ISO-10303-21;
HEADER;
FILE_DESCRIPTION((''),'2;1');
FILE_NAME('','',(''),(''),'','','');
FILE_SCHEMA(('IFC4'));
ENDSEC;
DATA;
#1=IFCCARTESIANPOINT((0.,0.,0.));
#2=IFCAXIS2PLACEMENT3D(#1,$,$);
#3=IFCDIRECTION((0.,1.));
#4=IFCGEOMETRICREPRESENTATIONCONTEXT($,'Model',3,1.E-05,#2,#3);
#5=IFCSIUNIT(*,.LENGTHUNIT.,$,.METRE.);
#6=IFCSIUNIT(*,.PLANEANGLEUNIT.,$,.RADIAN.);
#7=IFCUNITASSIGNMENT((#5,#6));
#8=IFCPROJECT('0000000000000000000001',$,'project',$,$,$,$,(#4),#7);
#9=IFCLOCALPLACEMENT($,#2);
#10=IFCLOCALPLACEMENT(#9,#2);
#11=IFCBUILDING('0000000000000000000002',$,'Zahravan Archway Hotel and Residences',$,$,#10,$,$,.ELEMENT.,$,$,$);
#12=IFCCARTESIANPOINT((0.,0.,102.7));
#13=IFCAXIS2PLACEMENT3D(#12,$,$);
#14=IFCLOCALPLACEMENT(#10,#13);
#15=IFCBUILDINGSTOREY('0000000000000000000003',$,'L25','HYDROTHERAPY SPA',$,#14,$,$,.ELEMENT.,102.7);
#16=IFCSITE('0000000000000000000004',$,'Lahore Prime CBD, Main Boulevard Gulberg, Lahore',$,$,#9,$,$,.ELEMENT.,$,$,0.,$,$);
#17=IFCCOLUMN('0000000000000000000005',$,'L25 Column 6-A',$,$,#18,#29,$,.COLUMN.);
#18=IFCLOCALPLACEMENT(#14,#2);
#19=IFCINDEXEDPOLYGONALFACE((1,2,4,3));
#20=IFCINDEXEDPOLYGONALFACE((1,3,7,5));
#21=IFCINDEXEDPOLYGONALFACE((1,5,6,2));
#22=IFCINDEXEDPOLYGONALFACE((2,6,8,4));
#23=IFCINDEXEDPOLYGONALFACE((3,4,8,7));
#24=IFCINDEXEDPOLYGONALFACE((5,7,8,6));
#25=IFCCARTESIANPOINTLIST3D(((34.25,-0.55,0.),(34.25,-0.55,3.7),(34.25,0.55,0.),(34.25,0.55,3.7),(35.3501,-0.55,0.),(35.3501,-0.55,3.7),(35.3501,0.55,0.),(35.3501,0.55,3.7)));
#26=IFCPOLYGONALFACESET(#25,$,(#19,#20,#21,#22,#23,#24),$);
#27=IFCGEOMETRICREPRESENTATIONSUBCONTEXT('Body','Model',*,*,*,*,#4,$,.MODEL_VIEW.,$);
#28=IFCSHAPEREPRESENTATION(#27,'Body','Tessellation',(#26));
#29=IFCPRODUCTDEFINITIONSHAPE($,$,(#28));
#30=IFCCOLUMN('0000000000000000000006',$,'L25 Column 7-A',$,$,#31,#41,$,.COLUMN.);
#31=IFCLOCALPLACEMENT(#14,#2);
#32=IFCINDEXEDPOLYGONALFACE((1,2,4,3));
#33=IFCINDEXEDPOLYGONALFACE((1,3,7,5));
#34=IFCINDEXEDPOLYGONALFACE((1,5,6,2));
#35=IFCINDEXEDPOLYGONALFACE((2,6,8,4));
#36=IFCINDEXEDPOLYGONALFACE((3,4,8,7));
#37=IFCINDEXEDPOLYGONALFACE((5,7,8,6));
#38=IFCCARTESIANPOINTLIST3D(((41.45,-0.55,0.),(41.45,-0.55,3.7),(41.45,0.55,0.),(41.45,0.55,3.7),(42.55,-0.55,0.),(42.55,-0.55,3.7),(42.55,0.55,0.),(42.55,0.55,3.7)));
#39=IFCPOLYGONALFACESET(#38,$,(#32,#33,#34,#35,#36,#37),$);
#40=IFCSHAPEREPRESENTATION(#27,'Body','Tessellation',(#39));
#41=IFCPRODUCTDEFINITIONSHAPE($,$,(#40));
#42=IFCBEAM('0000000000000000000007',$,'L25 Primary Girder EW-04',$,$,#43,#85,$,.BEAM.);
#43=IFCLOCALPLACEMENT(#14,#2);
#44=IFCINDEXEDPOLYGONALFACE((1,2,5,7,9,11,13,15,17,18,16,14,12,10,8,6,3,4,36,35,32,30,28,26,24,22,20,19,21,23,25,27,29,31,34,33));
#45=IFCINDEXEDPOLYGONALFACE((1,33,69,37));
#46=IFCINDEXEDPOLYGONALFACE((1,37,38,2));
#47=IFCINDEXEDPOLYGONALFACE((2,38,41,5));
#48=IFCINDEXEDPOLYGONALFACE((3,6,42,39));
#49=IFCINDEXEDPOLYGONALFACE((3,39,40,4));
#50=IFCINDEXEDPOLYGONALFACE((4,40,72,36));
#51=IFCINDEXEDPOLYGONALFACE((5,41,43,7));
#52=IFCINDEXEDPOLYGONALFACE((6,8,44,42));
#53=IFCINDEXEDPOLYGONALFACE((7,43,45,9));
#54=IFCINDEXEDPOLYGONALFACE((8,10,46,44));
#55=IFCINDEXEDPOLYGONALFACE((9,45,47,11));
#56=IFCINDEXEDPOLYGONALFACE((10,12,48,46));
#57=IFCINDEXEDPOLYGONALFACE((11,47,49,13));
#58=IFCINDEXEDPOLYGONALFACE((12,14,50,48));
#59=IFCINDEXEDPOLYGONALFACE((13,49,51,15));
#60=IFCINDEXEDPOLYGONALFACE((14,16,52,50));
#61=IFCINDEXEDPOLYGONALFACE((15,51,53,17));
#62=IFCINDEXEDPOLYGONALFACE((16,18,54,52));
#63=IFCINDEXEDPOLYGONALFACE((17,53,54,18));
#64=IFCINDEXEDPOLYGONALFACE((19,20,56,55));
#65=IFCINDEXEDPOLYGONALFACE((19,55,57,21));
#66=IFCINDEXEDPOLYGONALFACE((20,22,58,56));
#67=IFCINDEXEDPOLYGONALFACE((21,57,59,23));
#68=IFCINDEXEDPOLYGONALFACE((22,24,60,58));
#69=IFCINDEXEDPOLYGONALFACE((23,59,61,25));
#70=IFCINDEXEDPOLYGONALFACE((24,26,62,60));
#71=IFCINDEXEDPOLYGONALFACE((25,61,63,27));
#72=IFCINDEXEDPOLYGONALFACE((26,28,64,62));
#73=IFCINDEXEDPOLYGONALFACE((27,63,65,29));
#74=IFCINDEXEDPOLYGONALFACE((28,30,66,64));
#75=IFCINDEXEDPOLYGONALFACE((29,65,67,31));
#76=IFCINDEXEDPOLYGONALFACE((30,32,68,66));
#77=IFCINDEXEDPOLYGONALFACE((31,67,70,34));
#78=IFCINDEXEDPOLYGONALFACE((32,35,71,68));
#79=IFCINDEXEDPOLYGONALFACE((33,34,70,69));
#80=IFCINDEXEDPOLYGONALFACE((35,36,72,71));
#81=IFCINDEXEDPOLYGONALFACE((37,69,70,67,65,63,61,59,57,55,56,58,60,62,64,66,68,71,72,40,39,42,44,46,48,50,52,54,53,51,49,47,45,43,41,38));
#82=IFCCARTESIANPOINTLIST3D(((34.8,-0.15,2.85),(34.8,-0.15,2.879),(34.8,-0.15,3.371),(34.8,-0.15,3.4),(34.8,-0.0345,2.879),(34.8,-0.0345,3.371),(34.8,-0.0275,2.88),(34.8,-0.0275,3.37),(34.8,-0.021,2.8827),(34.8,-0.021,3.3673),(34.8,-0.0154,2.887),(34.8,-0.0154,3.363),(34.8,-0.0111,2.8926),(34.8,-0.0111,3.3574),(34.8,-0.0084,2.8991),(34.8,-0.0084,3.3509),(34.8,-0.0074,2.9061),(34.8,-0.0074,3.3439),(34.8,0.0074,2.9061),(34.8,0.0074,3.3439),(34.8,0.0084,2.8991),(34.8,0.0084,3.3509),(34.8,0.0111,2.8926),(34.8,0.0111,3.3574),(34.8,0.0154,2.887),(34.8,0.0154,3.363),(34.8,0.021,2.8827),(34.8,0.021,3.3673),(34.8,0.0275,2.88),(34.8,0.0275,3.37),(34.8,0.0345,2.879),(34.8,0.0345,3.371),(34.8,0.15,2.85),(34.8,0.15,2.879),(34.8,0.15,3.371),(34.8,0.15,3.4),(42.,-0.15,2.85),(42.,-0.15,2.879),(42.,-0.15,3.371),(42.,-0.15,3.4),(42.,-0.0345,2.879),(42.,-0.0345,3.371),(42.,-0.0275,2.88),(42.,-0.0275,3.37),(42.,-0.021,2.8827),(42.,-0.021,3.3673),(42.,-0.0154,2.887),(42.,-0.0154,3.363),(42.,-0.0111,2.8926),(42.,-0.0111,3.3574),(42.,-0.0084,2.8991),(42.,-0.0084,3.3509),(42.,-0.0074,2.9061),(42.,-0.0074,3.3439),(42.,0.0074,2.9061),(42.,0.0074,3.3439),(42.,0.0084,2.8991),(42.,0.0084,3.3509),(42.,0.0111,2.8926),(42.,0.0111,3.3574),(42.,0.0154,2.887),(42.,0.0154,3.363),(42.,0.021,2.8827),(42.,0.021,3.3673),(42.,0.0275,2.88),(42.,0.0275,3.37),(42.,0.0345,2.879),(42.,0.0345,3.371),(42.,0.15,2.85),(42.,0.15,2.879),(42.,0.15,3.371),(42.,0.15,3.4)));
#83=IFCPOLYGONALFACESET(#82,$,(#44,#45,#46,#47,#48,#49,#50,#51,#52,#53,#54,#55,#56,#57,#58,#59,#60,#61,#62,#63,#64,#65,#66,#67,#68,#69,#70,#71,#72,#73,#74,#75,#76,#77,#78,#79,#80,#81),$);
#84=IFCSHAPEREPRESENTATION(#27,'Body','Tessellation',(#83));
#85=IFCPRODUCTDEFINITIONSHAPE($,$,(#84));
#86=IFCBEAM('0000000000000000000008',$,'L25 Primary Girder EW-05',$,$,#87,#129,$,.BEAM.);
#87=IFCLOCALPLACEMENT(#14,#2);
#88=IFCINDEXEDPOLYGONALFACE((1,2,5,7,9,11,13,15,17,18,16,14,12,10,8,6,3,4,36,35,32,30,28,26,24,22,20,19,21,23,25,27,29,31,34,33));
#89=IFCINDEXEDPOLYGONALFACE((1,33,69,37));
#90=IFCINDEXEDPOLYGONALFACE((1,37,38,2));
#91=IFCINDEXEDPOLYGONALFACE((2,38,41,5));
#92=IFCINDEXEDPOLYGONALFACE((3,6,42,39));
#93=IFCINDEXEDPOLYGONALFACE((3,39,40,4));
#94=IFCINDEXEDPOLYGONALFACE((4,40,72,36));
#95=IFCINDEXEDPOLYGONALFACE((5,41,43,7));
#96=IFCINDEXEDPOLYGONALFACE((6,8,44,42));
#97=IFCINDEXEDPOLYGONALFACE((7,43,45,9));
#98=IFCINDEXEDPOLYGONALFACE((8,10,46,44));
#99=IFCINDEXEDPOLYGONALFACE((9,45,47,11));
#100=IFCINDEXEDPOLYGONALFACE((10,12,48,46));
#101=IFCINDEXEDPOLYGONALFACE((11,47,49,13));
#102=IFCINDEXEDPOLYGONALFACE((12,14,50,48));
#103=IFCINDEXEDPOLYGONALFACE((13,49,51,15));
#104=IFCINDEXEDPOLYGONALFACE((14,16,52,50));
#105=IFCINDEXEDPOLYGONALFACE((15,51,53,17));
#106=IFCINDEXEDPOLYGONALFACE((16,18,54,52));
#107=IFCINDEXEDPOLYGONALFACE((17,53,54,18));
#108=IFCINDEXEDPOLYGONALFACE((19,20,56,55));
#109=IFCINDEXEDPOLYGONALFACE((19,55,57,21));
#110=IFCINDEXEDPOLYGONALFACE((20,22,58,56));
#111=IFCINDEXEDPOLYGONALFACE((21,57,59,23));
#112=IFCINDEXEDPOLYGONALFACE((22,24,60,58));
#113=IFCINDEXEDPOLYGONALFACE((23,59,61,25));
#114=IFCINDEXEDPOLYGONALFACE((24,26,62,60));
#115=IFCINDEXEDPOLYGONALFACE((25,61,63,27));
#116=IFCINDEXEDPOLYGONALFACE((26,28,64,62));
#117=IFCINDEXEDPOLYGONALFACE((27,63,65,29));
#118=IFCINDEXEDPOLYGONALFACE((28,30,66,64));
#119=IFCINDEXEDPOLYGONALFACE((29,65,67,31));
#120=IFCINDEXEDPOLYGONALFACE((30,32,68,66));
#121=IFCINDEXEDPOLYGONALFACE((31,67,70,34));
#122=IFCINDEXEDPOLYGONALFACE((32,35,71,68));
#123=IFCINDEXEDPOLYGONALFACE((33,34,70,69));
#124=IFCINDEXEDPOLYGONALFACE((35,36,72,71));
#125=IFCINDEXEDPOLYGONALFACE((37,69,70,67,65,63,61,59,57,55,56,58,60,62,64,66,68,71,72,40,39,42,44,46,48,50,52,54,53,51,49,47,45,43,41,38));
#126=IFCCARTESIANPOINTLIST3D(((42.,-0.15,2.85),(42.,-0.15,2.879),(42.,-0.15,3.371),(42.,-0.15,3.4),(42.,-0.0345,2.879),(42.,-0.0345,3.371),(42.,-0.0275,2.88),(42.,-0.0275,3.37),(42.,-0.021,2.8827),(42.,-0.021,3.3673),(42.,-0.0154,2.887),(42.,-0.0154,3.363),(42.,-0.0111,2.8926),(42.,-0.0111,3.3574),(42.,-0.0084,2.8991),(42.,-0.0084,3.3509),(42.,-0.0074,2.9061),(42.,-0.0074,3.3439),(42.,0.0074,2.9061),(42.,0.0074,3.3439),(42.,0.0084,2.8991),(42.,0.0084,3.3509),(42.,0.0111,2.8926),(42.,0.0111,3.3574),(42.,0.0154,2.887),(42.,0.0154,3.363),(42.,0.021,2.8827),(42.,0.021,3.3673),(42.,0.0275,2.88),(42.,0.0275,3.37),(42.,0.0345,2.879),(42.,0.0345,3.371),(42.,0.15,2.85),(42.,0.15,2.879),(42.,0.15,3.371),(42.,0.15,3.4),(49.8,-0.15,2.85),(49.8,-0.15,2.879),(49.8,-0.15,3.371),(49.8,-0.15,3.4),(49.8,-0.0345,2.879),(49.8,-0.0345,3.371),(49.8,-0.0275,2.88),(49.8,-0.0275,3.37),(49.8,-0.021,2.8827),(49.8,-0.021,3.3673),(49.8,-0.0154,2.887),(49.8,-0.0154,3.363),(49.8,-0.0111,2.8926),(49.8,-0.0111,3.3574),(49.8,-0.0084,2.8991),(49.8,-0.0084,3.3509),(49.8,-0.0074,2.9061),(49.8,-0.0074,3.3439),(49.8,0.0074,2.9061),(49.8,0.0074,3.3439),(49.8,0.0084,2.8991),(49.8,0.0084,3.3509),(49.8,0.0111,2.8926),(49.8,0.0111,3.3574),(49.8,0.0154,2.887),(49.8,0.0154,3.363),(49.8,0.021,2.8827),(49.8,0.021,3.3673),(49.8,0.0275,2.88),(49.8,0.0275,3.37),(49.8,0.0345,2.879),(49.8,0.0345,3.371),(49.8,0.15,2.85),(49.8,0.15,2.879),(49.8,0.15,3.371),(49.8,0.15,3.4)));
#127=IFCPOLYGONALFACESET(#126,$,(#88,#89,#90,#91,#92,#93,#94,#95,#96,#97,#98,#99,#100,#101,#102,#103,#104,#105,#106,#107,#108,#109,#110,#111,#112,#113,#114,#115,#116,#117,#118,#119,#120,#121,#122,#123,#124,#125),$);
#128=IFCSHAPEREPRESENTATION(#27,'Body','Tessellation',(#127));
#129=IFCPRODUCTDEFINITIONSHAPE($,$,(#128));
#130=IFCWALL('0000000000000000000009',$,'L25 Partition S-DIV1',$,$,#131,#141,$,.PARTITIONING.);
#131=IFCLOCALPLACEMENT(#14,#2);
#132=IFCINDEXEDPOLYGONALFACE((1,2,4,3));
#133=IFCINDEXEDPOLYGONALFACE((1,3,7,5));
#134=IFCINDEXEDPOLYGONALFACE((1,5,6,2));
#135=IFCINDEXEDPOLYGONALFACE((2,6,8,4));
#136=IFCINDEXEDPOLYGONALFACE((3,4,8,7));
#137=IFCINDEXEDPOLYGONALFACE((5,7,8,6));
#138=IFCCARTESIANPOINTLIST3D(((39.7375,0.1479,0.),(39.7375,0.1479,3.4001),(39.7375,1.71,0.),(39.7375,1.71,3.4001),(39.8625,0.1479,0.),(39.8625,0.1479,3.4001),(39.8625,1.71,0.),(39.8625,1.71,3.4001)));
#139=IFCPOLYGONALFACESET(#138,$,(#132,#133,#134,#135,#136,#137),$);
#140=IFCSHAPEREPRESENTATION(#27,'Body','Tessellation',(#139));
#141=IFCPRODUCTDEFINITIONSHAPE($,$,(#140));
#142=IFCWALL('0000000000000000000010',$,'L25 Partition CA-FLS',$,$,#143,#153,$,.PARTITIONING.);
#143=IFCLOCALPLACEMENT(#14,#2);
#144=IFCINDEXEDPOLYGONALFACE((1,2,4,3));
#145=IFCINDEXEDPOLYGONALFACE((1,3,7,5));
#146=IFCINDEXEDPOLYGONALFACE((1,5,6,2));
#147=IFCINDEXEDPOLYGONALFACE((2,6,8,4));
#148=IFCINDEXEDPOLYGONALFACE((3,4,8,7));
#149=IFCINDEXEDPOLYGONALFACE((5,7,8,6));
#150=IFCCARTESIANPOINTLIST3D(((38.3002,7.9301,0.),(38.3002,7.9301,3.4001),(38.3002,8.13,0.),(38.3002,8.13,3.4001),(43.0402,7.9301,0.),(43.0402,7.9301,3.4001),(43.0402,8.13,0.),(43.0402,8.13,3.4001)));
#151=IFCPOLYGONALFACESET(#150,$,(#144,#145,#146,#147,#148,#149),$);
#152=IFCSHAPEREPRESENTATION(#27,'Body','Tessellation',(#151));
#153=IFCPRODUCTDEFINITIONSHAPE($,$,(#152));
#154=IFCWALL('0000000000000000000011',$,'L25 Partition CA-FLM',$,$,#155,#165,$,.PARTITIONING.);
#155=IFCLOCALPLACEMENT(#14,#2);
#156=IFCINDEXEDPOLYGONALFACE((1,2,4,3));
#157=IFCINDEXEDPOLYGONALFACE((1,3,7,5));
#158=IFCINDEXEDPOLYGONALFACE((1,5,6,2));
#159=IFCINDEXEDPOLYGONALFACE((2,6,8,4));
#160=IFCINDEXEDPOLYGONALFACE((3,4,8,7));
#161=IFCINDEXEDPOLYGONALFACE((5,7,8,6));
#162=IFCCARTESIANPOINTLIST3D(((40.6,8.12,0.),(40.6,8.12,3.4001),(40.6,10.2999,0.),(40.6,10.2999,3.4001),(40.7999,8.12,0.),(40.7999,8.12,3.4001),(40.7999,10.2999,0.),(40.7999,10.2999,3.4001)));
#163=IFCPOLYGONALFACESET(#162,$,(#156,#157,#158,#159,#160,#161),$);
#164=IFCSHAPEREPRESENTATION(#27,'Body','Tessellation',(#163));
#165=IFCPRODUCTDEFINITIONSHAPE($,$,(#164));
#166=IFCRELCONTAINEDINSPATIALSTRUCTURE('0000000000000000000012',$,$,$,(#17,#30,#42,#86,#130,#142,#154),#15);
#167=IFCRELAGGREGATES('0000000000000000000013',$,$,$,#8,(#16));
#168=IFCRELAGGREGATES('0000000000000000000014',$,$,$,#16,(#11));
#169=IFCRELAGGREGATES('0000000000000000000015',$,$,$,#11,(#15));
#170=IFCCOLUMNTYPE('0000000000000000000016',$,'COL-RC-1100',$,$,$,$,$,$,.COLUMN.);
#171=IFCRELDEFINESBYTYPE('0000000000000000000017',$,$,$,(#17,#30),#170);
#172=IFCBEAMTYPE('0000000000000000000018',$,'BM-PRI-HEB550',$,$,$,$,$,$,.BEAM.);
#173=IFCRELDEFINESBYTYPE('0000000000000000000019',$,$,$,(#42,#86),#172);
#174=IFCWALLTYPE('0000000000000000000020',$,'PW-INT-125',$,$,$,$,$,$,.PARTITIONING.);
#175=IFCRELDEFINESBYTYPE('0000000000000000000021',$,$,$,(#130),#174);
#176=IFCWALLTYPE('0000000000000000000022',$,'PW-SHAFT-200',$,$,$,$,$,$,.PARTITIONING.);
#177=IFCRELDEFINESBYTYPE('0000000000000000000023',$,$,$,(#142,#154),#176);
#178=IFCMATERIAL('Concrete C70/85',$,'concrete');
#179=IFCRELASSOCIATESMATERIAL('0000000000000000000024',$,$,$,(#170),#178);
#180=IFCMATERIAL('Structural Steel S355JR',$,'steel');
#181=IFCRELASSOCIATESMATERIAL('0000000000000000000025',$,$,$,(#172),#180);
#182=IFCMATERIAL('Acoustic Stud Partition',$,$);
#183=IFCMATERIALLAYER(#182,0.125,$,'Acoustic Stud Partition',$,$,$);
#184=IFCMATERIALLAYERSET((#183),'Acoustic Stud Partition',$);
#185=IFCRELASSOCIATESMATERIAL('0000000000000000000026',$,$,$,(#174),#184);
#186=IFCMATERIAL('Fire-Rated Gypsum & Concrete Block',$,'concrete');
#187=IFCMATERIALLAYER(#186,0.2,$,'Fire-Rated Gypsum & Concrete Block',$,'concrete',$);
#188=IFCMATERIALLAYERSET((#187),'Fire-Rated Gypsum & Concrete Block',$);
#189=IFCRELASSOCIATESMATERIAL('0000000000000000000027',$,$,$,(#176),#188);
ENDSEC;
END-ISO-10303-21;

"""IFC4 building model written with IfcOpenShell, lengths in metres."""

from ifc_helpers import new_model, si_unit, direction, frame, frame_2d, origin, origin_2d, place, context, subcontext, project, spatial, rectangle, i_section, extrude, source, transform, mapped, material, layer, layer_set, material_profile, profile_set, type_object, element, save


model = new_model("IFC4")

# Units and contexts
model_context = context("Model", 3, precision=1e-05, world=origin(), true_north=direction((0.0, 1.0)))
body_context = subcontext(model_context, "Body", "Model", "MODEL_VIEW")
ifc_project = project(units=[si_unit("LENGTHUNIT", "METRE"), si_unit("PLANEANGLEUNIT", "RADIAN")], contexts=[model_context])

# Site, building, storey
site_placement = place(None, origin())
site = spatial("IfcSite", under=ifc_project, at=site_placement, Name="Lahore Prime CBD, Main Boulevard Gulberg, Lahore", CompositionType="ELEMENT", RefElevation=0.0)
building_placement = place(site_placement, origin())
building = spatial("IfcBuilding", under=site, at=building_placement, Name="Zahravan Archway Hotel and Residences", CompositionType="ELEMENT")
storey_placement = place(building_placement, frame((0.0, 0.0, 102.7)))
storey = spatial("IfcBuildingStorey", under=building, at=storey_placement, Name="L25", Description="HYDROTHERAPY SPA", CompositionType="ELEMENT", Elevation=102.7)

# Columns
ifc_material_1 = material(Name="Concrete C70/85", Category="concrete")
ifc_material_profile_1 = material_profile(ifc_material_1, rectangle(XDim=1.1001, YDim=1.1001, at=origin_2d()), Name="RC 1100x1100", Category="concrete")
ifc_profile_set_1 = profile_set([ifc_material_profile_1], Name="Concrete C70/85")
column_type = type_object("IfcColumnType", Name="COL-RC-1100", PredefinedType="COLUMN", material=ifc_profile_set_1)
shared_shape_1 = source(origin(), body_context, "Body", "SweptSolid", [
    extrude(rectangle(XDim=1.1001, YDim=1.1001, at=origin_2d()), origin(), (0.0, 0.0, 1.0), 3.7),
])
for number, where, z_axis, x_axis, name in (
    (1, (34.8, 0.0, 0.0), (0.0, 0.0, 1.0), (1.0, 0.0, 0.0), "L25 Column 6-A"),
    (2, (42.0, 0.0, 0.0), (0.0, 0.0, 1.0), (1.0, 0.0, 0.0), "L25 Column 7-A"),
):
    element("IfcColumn", number, at=place(storey_placement, frame(where, z_axis=z_axis, x_axis=x_axis)), inside=storey, type_object=column_type, Name=name, PredefinedType="COLUMN", context=body_context, shape_type="MappedRepresentation", body=[
        mapped(shared_shape_1, transform((0.0, 0.0, 0.0), scale=1.0)),
    ])

# Beams
ifc_material_2 = material(Name="Structural Steel S355JR", Category="steel")
ifc_material_profile_2 = material_profile(ifc_material_2, i_section(OverallWidth=0.3, OverallDepth=0.55, WebThickness=0.0149, FlangeThickness=0.0291, FilletRadius=0.0271, at=origin_2d()), Name="HEB 550", Category="steel")
ifc_profile_set_2 = profile_set([ifc_material_profile_2], Name="Structural Steel S355JR")
beam_type = type_object("IfcBeamType", Name="BM-PRI-HEB550", PredefinedType="BEAM", material=ifc_profile_set_2)
shared_shape_2 = source(origin(), body_context, "Body", "SweptSolid", [
    extrude(i_section(OverallWidth=0.3, OverallDepth=0.55, WebThickness=0.0149, FlangeThickness=0.0291, FilletRadius=0.0271, at=origin_2d()), origin(), (0.0, 0.0, 1.0), 7.2),
])
beam_1_placement = place(storey_placement, frame((34.8, 0.0, 3.125), z_axis=(1.0, 0.0, 0.0), x_axis=(0.0, 1.0, 0.0)))
element("IfcBeam", 3, at=beam_1_placement, inside=storey, type_object=beam_type, Name="L25 Primary Girder EW-04", PredefinedType="BEAM", context=body_context, shape_type="MappedRepresentation", body=[
    mapped(shared_shape_2, transform((0.0, 0.0, 0.0), scale=1.0)),
])
shared_shape_3 = source(origin(), body_context, "Body", "SweptSolid", [
    extrude(i_section(OverallWidth=0.3, OverallDepth=0.55, WebThickness=0.0149, FlangeThickness=0.0291, FilletRadius=0.0271, at=origin_2d()), origin(), (0.0, 0.0, 1.0), 7.8),
])
beam_2_placement = place(storey_placement, frame((42.0, 0.0, 3.125), z_axis=(1.0, 0.0, 0.0), x_axis=(0.0, 1.0, 0.0)))
element("IfcBeam", 4, at=beam_2_placement, inside=storey, type_object=beam_type, Name="L25 Primary Girder EW-05", PredefinedType="BEAM", context=body_context, shape_type="MappedRepresentation", body=[
    mapped(shared_shape_3, transform((0.0, 0.0, 0.0), scale=1.0)),
])

# Walls
ifc_material_3 = material(Name="Acoustic Stud Partition")
ifc_layer_1 = layer(ifc_material_3, 0.125, Name="Acoustic Stud Partition")
ifc_layer_set_1 = layer_set([ifc_layer_1], Name="Acoustic Stud Partition")
wall_type_1 = type_object("IfcWallType", Name="PW-INT-125", PredefinedType="PARTITIONING", material=ifc_layer_set_1)
wall_1_placement = place(storey_placement, frame((39.8, 0.1479, 0.0), z_axis=(0.0, 0.0, 1.0), x_axis=(0.0, 1.0, 0.0)))
element("IfcWall", 5, at=wall_1_placement, inside=storey, type_object=wall_type_1, Name="L25 Partition S-DIV1", PredefinedType="PARTITIONING", context=body_context, shape_type="SweptSolid", body=[
    extrude(rectangle(XDim=1.562, YDim=0.125, at=frame_2d((0.781, 0.0))), origin(), (0.0, 0.0, 1.0), 3.4001),
])
ifc_material_4 = material(Name="Fire-Rated Gypsum & Concrete Block", Category="concrete")
ifc_layer_2 = layer(ifc_material_4, 0.2, Name="Fire-Rated Gypsum & Concrete Block", Category="concrete")
ifc_layer_set_2 = layer_set([ifc_layer_2], Name="Fire-Rated Gypsum & Concrete Block")
wall_type_2 = type_object("IfcWallType", Name="PW-SHAFT-200", PredefinedType="PARTITIONING", material=ifc_layer_set_2)
wall_2_placement = place(storey_placement, frame((38.3, 8.03, 0.0), z_axis=(0.0, 0.0, 1.0), x_axis=(1.0, 0.0, 0.0)))
element("IfcWall", 6, at=wall_2_placement, inside=storey, type_object=wall_type_2, Name="L25 Partition CA-FLS", PredefinedType="PARTITIONING", context=body_context, shape_type="SweptSolid", body=[
    extrude(rectangle(XDim=4.74, YDim=0.2, at=frame_2d((2.3701, 0.0))), origin(), (0.0, 0.0, 1.0), 3.4001),
])
wall_3_placement = place(storey_placement, frame((40.7, 8.1201, 0.0), z_axis=(0.0, 0.0, 1.0), x_axis=(0.0, 1.0, 0.0)))
element("IfcWall", 7, at=wall_3_placement, inside=storey, type_object=wall_type_2, Name="L25 Partition CA-FLM", PredefinedType="PARTITIONING", context=body_context, shape_type="SweptSolid", body=[
    extrude(rectangle(XDim=2.1799, YDim=0.2, at=frame_2d((1.0898, 0.0))), origin(), (0.0, 0.0, 1.0), 3.4001),
])

save(model, "model.ifc")
